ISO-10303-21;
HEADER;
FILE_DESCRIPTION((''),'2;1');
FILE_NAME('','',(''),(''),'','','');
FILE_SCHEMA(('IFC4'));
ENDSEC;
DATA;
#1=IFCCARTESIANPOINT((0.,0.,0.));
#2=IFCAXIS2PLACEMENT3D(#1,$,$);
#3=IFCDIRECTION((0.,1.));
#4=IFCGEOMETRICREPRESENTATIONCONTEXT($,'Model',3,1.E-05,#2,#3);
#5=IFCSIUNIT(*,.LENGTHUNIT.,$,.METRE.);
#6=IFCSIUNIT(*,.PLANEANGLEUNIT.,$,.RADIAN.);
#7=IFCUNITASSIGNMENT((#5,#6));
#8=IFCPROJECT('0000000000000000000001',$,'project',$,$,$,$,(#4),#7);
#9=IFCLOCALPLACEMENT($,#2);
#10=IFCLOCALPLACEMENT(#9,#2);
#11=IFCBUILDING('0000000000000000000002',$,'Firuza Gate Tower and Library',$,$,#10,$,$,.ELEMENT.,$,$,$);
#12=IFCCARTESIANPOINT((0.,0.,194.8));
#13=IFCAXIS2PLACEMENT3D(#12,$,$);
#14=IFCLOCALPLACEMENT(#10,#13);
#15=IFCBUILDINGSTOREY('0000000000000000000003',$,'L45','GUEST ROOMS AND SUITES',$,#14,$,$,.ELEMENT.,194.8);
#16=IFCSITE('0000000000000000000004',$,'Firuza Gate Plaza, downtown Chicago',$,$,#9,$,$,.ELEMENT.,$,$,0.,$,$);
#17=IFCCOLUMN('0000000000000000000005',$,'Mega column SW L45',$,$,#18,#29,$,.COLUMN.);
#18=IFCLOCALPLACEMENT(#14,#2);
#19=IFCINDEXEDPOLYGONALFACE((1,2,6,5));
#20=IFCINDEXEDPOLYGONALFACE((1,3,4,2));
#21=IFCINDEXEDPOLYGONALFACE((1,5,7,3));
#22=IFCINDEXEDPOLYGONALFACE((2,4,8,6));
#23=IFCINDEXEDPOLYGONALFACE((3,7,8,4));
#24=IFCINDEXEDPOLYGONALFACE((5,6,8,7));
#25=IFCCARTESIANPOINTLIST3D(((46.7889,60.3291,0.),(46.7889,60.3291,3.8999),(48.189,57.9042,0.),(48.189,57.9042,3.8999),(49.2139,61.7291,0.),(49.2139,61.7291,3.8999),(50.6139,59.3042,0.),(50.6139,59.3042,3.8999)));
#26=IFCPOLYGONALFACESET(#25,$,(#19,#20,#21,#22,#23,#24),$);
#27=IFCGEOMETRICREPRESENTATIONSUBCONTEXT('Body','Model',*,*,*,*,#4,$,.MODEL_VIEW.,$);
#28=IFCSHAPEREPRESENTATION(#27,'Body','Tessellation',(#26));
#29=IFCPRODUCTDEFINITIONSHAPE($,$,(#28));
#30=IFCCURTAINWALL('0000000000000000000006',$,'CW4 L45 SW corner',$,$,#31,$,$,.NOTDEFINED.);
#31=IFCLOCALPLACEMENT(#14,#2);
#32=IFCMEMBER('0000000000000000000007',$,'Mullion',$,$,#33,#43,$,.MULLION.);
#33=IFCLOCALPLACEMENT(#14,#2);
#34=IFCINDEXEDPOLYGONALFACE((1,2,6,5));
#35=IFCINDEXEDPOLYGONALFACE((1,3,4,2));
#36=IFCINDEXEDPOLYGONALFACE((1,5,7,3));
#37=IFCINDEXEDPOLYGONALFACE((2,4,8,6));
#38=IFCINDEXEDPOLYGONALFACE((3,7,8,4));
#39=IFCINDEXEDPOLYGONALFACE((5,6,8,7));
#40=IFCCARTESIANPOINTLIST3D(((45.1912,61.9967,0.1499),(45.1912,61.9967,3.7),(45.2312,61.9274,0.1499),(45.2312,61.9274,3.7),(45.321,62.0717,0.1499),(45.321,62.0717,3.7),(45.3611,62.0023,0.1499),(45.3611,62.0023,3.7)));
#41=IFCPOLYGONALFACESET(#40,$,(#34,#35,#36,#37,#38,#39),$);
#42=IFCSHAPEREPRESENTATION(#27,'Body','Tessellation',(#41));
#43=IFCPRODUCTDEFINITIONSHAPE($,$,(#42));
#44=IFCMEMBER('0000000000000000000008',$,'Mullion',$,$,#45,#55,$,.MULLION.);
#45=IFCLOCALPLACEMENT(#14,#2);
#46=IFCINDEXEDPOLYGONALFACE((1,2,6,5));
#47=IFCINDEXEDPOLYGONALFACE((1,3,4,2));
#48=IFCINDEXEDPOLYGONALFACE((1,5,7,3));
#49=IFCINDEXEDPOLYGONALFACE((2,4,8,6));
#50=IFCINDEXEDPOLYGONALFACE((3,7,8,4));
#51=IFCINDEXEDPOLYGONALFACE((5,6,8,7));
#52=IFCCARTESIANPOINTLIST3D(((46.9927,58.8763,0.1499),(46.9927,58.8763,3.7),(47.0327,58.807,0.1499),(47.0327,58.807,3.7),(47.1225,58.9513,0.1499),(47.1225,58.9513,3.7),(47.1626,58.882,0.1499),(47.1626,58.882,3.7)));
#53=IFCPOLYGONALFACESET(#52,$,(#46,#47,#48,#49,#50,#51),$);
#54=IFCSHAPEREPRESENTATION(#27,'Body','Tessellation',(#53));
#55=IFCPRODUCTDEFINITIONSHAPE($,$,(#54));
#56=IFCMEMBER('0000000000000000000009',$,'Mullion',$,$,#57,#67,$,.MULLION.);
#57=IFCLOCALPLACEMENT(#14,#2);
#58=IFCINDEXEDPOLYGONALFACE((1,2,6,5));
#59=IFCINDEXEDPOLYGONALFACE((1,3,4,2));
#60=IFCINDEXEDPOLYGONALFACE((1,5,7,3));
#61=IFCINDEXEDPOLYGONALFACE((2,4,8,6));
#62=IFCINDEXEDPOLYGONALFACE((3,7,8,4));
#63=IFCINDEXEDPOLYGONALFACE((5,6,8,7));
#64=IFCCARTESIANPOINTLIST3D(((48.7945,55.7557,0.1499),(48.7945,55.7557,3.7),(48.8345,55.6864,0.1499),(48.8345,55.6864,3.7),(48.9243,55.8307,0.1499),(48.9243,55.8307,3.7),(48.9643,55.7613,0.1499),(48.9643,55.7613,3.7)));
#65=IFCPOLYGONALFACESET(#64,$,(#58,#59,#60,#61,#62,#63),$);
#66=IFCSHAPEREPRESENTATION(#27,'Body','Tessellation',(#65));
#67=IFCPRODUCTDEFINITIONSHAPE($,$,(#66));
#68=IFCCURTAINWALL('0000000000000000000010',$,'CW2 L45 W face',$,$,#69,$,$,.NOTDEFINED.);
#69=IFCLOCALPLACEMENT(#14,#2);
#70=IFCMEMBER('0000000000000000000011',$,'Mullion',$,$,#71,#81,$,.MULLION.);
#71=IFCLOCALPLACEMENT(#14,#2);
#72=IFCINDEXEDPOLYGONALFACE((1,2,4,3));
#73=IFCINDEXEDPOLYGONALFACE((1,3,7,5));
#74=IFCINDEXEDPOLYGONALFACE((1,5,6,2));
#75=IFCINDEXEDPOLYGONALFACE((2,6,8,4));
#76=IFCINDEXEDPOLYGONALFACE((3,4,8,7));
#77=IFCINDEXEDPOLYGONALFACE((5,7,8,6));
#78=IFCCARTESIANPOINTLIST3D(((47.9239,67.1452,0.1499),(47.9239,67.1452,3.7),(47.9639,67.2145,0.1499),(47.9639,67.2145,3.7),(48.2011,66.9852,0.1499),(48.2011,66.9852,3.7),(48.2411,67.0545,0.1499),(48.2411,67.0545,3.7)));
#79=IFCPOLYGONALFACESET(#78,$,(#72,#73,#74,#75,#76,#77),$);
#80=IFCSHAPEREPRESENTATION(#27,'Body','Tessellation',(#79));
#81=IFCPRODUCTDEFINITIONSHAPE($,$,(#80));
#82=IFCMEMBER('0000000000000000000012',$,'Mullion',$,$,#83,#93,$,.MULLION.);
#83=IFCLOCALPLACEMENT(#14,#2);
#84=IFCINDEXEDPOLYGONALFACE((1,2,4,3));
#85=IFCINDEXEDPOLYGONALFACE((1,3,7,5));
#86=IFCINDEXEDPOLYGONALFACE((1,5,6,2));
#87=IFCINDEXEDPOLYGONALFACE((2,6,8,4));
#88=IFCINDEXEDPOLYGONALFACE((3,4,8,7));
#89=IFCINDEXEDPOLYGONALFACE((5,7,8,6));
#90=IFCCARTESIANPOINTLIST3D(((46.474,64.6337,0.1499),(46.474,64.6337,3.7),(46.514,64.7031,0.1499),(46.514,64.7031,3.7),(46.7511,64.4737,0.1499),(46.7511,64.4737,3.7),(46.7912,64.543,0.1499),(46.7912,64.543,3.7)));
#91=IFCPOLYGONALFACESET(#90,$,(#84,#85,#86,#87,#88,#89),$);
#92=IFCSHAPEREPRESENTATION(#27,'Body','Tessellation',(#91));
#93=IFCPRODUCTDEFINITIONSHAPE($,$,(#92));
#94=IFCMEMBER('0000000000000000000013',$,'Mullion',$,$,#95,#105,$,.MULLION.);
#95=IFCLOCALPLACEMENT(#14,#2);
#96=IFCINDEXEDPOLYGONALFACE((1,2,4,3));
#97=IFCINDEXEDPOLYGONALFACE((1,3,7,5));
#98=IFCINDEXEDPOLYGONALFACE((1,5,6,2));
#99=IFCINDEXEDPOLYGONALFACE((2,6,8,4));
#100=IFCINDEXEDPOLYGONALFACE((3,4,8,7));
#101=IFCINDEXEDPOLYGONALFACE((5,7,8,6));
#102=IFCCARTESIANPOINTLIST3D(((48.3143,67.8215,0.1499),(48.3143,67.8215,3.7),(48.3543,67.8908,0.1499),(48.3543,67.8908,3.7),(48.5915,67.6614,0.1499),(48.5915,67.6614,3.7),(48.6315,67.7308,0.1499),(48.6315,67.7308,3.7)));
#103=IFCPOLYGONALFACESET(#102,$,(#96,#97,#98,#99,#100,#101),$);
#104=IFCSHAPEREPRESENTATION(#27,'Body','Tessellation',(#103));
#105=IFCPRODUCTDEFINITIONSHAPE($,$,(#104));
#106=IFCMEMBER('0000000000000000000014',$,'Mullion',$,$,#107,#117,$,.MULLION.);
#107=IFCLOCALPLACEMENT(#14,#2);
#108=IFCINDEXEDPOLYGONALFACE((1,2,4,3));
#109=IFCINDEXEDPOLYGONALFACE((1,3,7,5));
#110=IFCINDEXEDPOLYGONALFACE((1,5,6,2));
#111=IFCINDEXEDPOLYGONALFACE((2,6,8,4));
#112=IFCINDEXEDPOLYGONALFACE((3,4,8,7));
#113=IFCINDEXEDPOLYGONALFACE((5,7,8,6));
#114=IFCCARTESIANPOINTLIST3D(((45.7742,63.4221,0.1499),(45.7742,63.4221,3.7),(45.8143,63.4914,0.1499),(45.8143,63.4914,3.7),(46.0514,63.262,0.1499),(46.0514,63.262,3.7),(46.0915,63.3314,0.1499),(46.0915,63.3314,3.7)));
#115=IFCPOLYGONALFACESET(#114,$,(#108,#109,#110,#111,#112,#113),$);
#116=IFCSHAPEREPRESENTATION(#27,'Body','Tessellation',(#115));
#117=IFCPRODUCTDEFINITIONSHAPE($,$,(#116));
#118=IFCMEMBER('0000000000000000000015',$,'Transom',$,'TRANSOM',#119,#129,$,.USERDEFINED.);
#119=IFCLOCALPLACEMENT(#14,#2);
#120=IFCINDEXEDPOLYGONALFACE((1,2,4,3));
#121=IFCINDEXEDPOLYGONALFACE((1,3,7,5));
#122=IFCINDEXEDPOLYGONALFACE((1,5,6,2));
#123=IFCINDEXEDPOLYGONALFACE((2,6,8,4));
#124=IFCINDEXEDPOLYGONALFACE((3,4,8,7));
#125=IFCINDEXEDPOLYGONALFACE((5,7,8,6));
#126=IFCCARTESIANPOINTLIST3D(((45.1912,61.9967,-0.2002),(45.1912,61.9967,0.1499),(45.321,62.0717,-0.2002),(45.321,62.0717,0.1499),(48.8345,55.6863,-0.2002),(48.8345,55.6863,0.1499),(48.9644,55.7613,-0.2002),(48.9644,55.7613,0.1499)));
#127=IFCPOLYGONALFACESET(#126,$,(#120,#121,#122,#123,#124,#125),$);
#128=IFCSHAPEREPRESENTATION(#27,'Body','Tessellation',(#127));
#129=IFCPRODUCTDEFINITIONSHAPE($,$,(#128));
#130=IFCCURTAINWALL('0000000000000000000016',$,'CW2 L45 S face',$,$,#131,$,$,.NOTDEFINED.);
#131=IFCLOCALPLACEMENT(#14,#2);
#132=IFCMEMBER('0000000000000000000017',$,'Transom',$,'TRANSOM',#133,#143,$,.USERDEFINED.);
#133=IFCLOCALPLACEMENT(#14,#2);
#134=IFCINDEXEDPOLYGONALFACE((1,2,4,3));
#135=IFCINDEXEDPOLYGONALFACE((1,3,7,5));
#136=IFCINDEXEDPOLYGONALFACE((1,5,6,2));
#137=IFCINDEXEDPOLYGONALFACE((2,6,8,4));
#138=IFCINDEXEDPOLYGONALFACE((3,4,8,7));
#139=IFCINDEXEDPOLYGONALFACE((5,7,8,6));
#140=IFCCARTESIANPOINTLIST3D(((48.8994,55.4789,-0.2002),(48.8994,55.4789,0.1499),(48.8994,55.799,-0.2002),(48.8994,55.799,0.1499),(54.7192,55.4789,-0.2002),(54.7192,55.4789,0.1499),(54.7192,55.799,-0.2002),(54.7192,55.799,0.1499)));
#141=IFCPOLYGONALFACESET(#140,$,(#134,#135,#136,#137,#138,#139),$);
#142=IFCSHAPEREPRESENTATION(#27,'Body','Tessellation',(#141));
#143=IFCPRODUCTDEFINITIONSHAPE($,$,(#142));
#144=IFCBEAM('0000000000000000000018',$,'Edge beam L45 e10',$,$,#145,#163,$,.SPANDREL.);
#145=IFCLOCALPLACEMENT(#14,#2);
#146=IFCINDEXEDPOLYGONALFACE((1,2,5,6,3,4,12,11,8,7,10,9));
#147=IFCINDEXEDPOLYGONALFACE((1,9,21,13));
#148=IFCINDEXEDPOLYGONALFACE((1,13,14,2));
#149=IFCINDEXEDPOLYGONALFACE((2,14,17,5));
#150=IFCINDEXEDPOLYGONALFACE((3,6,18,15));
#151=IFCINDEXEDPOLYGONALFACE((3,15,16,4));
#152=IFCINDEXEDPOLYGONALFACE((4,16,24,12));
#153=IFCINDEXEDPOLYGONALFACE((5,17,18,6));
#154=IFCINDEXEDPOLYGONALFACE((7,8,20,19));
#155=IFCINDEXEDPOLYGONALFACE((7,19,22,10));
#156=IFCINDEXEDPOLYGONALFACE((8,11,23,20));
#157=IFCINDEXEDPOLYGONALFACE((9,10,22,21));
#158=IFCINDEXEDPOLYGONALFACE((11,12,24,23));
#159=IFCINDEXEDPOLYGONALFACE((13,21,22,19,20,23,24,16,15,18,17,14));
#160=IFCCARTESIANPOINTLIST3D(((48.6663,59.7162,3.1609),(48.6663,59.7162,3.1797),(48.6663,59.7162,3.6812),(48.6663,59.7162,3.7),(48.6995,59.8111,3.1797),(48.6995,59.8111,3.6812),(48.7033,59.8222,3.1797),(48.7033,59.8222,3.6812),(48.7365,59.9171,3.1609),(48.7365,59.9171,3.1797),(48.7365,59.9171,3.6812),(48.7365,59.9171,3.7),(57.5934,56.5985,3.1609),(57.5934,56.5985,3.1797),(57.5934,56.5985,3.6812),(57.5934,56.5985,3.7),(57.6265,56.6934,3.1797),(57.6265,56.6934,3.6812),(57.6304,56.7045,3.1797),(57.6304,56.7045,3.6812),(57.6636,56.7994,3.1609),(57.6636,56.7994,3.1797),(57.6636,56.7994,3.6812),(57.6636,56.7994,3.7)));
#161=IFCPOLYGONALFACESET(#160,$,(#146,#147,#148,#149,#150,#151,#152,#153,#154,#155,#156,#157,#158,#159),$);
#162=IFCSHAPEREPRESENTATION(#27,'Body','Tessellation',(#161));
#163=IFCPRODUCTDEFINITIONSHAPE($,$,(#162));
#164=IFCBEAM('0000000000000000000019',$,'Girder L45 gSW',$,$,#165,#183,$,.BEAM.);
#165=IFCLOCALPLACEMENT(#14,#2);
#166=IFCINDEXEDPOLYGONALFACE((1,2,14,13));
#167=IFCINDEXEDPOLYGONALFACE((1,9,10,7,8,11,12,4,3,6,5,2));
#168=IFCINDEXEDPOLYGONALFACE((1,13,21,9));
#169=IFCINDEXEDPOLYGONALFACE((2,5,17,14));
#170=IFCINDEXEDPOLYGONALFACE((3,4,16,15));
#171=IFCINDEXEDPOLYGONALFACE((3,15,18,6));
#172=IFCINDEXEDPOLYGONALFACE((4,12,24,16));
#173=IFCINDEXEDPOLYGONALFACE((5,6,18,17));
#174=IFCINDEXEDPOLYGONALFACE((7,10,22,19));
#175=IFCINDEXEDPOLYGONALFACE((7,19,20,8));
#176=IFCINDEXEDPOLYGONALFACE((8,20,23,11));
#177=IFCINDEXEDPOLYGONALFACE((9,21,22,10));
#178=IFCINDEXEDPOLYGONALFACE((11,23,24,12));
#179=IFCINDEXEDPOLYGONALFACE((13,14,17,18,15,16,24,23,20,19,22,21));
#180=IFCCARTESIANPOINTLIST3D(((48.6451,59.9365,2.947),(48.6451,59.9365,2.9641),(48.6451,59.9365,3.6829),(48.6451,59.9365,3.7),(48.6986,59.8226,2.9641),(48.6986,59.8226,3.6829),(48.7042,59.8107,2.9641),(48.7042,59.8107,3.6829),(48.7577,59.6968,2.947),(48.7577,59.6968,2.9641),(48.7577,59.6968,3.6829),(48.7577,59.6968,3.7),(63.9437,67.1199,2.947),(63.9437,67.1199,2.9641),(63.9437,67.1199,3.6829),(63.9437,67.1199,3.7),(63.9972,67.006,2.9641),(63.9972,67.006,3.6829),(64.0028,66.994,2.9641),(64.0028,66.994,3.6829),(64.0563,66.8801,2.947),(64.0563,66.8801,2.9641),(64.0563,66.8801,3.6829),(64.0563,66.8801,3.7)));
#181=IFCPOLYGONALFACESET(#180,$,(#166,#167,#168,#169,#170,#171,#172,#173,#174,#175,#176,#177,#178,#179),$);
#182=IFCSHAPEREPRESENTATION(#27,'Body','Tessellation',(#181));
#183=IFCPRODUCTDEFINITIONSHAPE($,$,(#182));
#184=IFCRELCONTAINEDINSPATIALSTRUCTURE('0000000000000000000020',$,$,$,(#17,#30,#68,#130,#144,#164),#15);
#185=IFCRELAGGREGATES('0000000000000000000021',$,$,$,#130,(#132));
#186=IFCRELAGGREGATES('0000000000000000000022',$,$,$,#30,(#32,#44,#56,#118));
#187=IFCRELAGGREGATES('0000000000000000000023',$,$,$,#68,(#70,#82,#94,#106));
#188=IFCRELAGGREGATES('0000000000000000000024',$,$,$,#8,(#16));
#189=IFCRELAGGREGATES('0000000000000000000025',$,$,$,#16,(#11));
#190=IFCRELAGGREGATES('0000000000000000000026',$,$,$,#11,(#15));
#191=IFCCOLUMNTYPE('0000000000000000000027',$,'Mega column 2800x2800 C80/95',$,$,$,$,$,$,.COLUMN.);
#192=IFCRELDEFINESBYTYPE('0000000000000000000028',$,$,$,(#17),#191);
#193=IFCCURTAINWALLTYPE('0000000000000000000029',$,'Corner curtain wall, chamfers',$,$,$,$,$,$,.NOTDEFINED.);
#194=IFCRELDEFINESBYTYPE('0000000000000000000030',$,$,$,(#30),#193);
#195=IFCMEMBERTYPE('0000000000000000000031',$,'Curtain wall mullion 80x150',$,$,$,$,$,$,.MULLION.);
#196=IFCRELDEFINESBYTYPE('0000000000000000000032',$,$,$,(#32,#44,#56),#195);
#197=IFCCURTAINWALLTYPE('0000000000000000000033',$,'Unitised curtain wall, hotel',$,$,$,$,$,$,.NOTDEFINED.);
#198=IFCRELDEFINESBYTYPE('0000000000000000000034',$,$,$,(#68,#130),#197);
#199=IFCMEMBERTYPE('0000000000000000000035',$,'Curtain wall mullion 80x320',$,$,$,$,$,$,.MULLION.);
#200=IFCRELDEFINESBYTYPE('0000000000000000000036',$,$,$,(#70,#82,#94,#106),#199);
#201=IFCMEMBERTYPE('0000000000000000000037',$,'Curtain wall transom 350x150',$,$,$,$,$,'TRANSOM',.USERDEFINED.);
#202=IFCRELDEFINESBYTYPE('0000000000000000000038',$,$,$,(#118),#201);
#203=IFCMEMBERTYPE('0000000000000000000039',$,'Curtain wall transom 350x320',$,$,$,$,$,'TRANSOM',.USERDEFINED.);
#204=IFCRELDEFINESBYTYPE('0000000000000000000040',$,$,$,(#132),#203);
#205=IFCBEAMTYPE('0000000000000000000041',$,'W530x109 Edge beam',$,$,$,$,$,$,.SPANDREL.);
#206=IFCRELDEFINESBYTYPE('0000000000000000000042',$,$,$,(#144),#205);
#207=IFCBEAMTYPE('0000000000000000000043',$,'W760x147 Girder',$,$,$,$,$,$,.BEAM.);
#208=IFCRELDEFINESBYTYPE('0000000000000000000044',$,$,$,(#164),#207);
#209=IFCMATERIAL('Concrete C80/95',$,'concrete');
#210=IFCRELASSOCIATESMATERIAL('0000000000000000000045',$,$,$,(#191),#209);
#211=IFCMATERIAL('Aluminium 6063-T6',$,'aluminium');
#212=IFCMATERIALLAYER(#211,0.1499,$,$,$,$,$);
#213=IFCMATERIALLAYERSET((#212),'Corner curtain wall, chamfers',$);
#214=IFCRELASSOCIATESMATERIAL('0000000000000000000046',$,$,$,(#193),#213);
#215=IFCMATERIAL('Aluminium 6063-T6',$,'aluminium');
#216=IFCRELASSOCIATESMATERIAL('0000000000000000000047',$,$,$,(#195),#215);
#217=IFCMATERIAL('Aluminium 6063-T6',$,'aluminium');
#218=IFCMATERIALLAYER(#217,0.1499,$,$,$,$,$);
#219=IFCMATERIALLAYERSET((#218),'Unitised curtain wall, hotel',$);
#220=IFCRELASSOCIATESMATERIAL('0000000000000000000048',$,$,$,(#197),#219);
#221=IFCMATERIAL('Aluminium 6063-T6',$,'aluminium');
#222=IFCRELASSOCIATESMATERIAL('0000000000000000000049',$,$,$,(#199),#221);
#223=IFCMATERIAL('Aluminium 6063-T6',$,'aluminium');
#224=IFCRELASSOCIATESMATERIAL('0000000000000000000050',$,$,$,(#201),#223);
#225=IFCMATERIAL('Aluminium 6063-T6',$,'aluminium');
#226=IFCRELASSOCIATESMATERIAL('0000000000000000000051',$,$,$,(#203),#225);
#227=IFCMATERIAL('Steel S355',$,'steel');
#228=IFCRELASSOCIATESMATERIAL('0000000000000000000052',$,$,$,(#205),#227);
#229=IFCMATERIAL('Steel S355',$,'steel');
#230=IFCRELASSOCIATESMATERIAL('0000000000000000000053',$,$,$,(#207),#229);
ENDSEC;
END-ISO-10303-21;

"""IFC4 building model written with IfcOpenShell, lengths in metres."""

from ifc_helpers import new_model, si_unit, direction, frame, origin, origin_2d, place, context, subcontext, project, spatial, rectangle, i_section, extrude, material, layer, layer_set, material_profile, profile_set, type_object, element, aggregate, save


model = new_model("IFC4")

# Units and contexts
model_context = context("Model", 3, precision=1e-05, world=origin(), true_north=direction((0.0, 1.0)))
body_context = subcontext(model_context, "Body", "Model", "MODEL_VIEW")
ifc_project = project(units=[si_unit("LENGTHUNIT", "METRE"), si_unit("PLANEANGLEUNIT", "RADIAN")], contexts=[model_context])

# Site, building, storey
site_placement = place(None, origin())
site = spatial("IfcSite", under=ifc_project, at=site_placement, Name="Firuza Gate Plaza, downtown Chicago", CompositionType="ELEMENT", RefElevation=0.0)
building_placement = place(site_placement, origin())
building = spatial("IfcBuilding", under=site, at=building_placement, Name="Firuza Gate Tower and Library", CompositionType="ELEMENT")
storey_placement = place(building_placement, frame((0.0, 0.0, 194.8)))
storey = spatial("IfcBuildingStorey", under=building, at=storey_placement, Name="L45", Description="GUEST ROOMS AND SUITES", CompositionType="ELEMENT", Elevation=194.8)

# Column
ifc_material_1 = material(Name="Concrete C80/95", Category="concrete")
ifc_material_profile_1 = material_profile(ifc_material_1, rectangle(XDim=2.8, YDim=2.8, at=origin_2d()))
ifc_profile_set_1 = profile_set([ifc_material_profile_1], Name="Concrete C80/95")
column_type = type_object("IfcColumnType", Name="Mega column 2800x2800 C80/95", PredefinedType="COLUMN", material=ifc_profile_set_1)
column_placement = place(storey_placement, frame((48.7014, 59.8167, 0.0), z_axis=(0.0, 0.0, 1.0), x_axis=(0.5, -0.866025, 0.0)))
element("IfcColumn", 1, at=column_placement, inside=storey, type_object=column_type, Name="Mega column SW L45", PredefinedType="COLUMN", context=body_context, shape_type="SweptSolid", body=[
    extrude(rectangle(XDim=2.8, YDim=2.8, at=origin_2d()), origin(), (0.0, 0.0, 1.0), 3.8999),
])

# Curtain walls, members
ifc_material_2 = material(Name="Aluminium 6063-T6", Category="aluminium")
ifc_layer_1 = layer(ifc_material_2, 0.1499)
ifc_layer_set_1 = layer_set([ifc_layer_1], Name="Corner curtain wall, chamfers")
curtain_wall_type_1 = type_object("IfcCurtainWallType", Name="Corner curtain wall, chamfers", PredefinedType="NOTDEFINED", material=ifc_layer_set_1)
placement = place(storey_placement, origin())
curtain_wall_1 = element("IfcCurtainWall", 2, at=placement, inside=storey, type_object=curtain_wall_type_1, Name="CW4 L45 SW corner", PredefinedType="NOTDEFINED")
ifc_material_3 = material(Name="Aluminium 6063-T6", Category="aluminium")
ifc_material_profile_2 = material_profile(ifc_material_3, rectangle(XDim=0.1499, YDim=0.0801, at=origin_2d()))
ifc_profile_set_2 = profile_set([ifc_material_profile_2], Name="Aluminium 6063-T6")
member_type_1 = type_object("IfcMemberType", Name="Curtain wall mullion 80x150", PredefinedType="MULLION", material=ifc_profile_set_2)
member_1_placement = place(storey_placement, frame((45.2761, 61.9995, 0.1499), z_axis=(0.0, 0.0, 1.0), x_axis=(0.866025, 0.5, 0.0)))
member_1 = element("IfcMember", 3, at=member_1_placement, type_object=member_type_1, Name="Mullion", PredefinedType="MULLION", context=body_context, shape_type="SweptSolid", body=[
    extrude(rectangle(XDim=0.1499, YDim=0.0801, at=origin_2d()), origin(), (0.0, 0.0, 1.0), 3.55),
])
member_2_placement = place(storey_placement, frame((47.0776, 58.8792, 0.1499), z_axis=(0.0, 0.0, 1.0), x_axis=(0.866025, 0.5, 0.0)))
member_2 = element("IfcMember", 4, at=member_2_placement, type_object=member_type_1, Name="Mullion", PredefinedType="MULLION", context=body_context, shape_type="SweptSolid", body=[
    extrude(rectangle(XDim=0.1499, YDim=0.0801, at=origin_2d()), origin(), (0.0, 0.0, 1.0), 3.55),
])
member_3_placement = place(storey_placement, frame((48.8794, 55.7585, 0.1499), z_axis=(0.0, 0.0, 1.0), x_axis=(0.866025, 0.5, 0.0)))
member_3 = element("IfcMember", 5, at=member_3_placement, type_object=member_type_1, Name="Mullion", PredefinedType="MULLION", context=body_context, shape_type="SweptSolid", body=[
    extrude(rectangle(XDim=0.1499, YDim=0.0801, at=origin_2d()), origin(), (0.0, 0.0, 1.0), 3.55),
])
ifc_material_4 = material(Name="Aluminium 6063-T6", Category="aluminium")
ifc_layer_2 = layer(ifc_material_4, 0.1499)
ifc_layer_set_2 = layer_set([ifc_layer_2], Name="Unitised curtain wall, hotel")
curtain_wall_type_2 = type_object("IfcCurtainWallType", Name="Unitised curtain wall, hotel", PredefinedType="NOTDEFINED", material=ifc_layer_set_2)
curtain_wall_2 = element("IfcCurtainWall", 6, at=placement, inside=storey, type_object=curtain_wall_type_2, Name="CW2 L45 W face", PredefinedType="NOTDEFINED")
ifc_material_5 = material(Name="Aluminium 6063-T6", Category="aluminium")
ifc_material_profile_3 = material_profile(ifc_material_5, rectangle(XDim=0.3201, YDim=0.0801, at=origin_2d()))
ifc_profile_set_3 = profile_set([ifc_material_profile_3], Name="Aluminium 6063-T6")
member_type_2 = type_object("IfcMemberType", Name="Curtain wall mullion 80x320", PredefinedType="MULLION", material=ifc_profile_set_3)
member_4_placement = place(storey_placement, frame((48.0825, 67.0999, 0.1499), z_axis=(0.0, 0.0, 1.0), x_axis=(0.866025, -0.5, 0.0)))
member_4 = element("IfcMember", 7, at=member_4_placement, type_object=member_type_2, Name="Mullion", PredefinedType="MULLION", context=body_context, shape_type="SweptSolid", body=[
    extrude(rectangle(XDim=0.3201, YDim=0.0801, at=origin_2d()), origin(), (0.0, 0.0, 1.0), 3.55),
])
member_5_placement = place(storey_placement, frame((46.6326, 64.5884, 0.1499), z_axis=(0.0, 0.0, 1.0), x_axis=(0.866025, -0.5, 0.0)))
member_5 = element("IfcMember", 8, at=member_5_placement, type_object=member_type_2, Name="Mullion", PredefinedType="MULLION", context=body_context, shape_type="SweptSolid", body=[
    extrude(rectangle(XDim=0.3201, YDim=0.0801, at=origin_2d()), origin(), (0.0, 0.0, 1.0), 3.55),
])
member_6_placement = place(storey_placement, frame((48.4729, 67.7761, 0.1499), z_axis=(0.0, 0.0, 1.0), x_axis=(0.866025, -0.5, 0.0)))
member_6 = element("IfcMember", 9, at=member_6_placement, type_object=member_type_2, Name="Mullion", PredefinedType="MULLION", context=body_context, shape_type="SweptSolid", body=[
    extrude(rectangle(XDim=0.3201, YDim=0.0801, at=origin_2d()), origin(), (0.0, 0.0, 1.0), 3.55),
])
member_7_placement = place(storey_placement, frame((45.9329, 63.3767, 0.1499), z_axis=(0.0, 0.0, 1.0), x_axis=(0.866025, -0.5, 0.0)))
member_7 = element("IfcMember", 10, at=member_7_placement, type_object=member_type_2, Name="Mullion", PredefinedType="MULLION", context=body_context, shape_type="SweptSolid", body=[
    extrude(rectangle(XDim=0.3201, YDim=0.0801, at=origin_2d()), origin(), (0.0, 0.0, 1.0), 3.55),
])

# Member
ifc_material_6 = material(Name="Aluminium 6063-T6", Category="aluminium")
ifc_material_profile_4 = material_profile(ifc_material_6, rectangle(XDim=0.1499, YDim=0.3501, at=origin_2d()))
ifc_profile_set_4 = profile_set([ifc_material_profile_4], Name="Aluminium 6063-T6")
member_type_3 = type_object("IfcMemberType", Name="Curtain wall transom 350x150", ElementType="TRANSOM", PredefinedType="USERDEFINED", material=ifc_profile_set_4)
member_8_placement = place(storey_placement, frame((45.2561, 62.0342, -0.0251), z_axis=(0.500006, -0.866022, 0.0), x_axis=(0.866022, 0.500006, 0.0)))
member_8 = element("IfcMember", 11, at=member_8_placement, type_object=member_type_3, Name="Transom", ObjectType="TRANSOM", PredefinedType="USERDEFINED", context=body_context, shape_type="SweptSolid", body=[
    extrude(rectangle(XDim=0.1499, YDim=0.3501, at=origin_2d()), origin(), (0.0, 0.0, 1.0), 7.2866),
])

# Curtain wall, member
curtain_wall_3 = element("IfcCurtainWall", 12, at=placement, inside=storey, type_object=curtain_wall_type_2, Name="CW2 L45 S face", PredefinedType="NOTDEFINED")
ifc_material_7 = material(Name="Aluminium 6063-T6", Category="aluminium")
ifc_material_profile_5 = material_profile(ifc_material_7, rectangle(XDim=0.3201, YDim=0.3501, at=origin_2d()))
ifc_profile_set_5 = profile_set([ifc_material_profile_5], Name="Aluminium 6063-T6")
member_type_4 = type_object("IfcMemberType", Name="Curtain wall transom 350x320", ElementType="TRANSOM", PredefinedType="USERDEFINED", material=ifc_profile_set_5)
member_9_placement = place(storey_placement, frame((48.8994, 55.6389, -0.0251), z_axis=(1.0, 0.0, 0.0), x_axis=(0.0, 1.0, 0.0)))
member_9 = element("IfcMember", 13, at=member_9_placement, type_object=member_type_4, Name="Transom", ObjectType="TRANSOM", PredefinedType="USERDEFINED", context=body_context, shape_type="SweptSolid", body=[
    extrude(rectangle(XDim=0.3201, YDim=0.3501, at=origin_2d()), origin(), (0.0, 0.0, 1.0), 5.8198),
])
aggregate(curtain_wall_3, [member_9])

# Beams
ifc_material_8 = material(Name="Steel S355", Category="steel")
ifc_material_profile_6 = material_profile(ifc_material_8, i_section(OverallWidth=0.2129, OverallDepth=0.5391, WebThickness=0.0117, FlangeThickness=0.0188, at=origin_2d()))
ifc_profile_set_6 = profile_set([ifc_material_profile_6], Name="Steel S355")
beam_type_1 = type_object("IfcBeamType", Name="W530x109 Edge beam", PredefinedType="SPANDREL", material=ifc_profile_set_6)
beam_1_placement = place(storey_placement, frame((48.7014, 59.8167, 3.4304), z_axis=(0.944082, -0.329712, 0.0), x_axis=(0.329712, 0.944082, 0.0)))
element("IfcBeam", 14, at=beam_1_placement, inside=storey, type_object=beam_type_1, Name="Edge beam L45 e10", PredefinedType="SPANDREL", context=body_context, shape_type="SweptSolid", body=[
    extrude(i_section(OverallWidth=0.2129, OverallDepth=0.5391, WebThickness=0.0117, FlangeThickness=0.0188, at=origin_2d()), origin(), (0.0, 0.0, 1.0), 9.4558),
])
ifc_material_9 = material(Name="Steel S355", Category="steel")
ifc_material_profile_7 = material_profile(ifc_material_9, i_section(OverallWidth=0.2649, OverallDepth=0.7529, WebThickness=0.0132, FlangeThickness=0.0171, at=origin_2d()))
ifc_profile_set_7 = profile_set([ifc_material_profile_7], Name="Steel S355")
beam_type_2 = type_object("IfcBeamType", Name="W760x147 Girder", PredefinedType="BEAM", material=ifc_profile_set_7)
beam_2_placement = place(storey_placement, frame((48.7014, 59.8167, 3.3235), z_axis=(0.905183, 0.425023, 0.0), x_axis=(-0.425023, 0.905183, 0.0)))
element("IfcBeam", 15, at=beam_2_placement, inside=storey, type_object=beam_type_2, Name="Girder L45 gSW", PredefinedType="BEAM", context=body_context, shape_type="SweptSolid", body=[
    extrude(i_section(OverallWidth=0.2649, OverallDepth=0.7529, WebThickness=0.0132, FlangeThickness=0.0171, at=origin_2d()), origin(), (0.0, 0.0, 1.0), 16.9011),
])

aggregate(curtain_wall_1, [member_1, member_2, member_3, member_8])
aggregate(curtain_wall_2, [member_4, member_5, member_6, member_7])

save(model, "model.ifc")
